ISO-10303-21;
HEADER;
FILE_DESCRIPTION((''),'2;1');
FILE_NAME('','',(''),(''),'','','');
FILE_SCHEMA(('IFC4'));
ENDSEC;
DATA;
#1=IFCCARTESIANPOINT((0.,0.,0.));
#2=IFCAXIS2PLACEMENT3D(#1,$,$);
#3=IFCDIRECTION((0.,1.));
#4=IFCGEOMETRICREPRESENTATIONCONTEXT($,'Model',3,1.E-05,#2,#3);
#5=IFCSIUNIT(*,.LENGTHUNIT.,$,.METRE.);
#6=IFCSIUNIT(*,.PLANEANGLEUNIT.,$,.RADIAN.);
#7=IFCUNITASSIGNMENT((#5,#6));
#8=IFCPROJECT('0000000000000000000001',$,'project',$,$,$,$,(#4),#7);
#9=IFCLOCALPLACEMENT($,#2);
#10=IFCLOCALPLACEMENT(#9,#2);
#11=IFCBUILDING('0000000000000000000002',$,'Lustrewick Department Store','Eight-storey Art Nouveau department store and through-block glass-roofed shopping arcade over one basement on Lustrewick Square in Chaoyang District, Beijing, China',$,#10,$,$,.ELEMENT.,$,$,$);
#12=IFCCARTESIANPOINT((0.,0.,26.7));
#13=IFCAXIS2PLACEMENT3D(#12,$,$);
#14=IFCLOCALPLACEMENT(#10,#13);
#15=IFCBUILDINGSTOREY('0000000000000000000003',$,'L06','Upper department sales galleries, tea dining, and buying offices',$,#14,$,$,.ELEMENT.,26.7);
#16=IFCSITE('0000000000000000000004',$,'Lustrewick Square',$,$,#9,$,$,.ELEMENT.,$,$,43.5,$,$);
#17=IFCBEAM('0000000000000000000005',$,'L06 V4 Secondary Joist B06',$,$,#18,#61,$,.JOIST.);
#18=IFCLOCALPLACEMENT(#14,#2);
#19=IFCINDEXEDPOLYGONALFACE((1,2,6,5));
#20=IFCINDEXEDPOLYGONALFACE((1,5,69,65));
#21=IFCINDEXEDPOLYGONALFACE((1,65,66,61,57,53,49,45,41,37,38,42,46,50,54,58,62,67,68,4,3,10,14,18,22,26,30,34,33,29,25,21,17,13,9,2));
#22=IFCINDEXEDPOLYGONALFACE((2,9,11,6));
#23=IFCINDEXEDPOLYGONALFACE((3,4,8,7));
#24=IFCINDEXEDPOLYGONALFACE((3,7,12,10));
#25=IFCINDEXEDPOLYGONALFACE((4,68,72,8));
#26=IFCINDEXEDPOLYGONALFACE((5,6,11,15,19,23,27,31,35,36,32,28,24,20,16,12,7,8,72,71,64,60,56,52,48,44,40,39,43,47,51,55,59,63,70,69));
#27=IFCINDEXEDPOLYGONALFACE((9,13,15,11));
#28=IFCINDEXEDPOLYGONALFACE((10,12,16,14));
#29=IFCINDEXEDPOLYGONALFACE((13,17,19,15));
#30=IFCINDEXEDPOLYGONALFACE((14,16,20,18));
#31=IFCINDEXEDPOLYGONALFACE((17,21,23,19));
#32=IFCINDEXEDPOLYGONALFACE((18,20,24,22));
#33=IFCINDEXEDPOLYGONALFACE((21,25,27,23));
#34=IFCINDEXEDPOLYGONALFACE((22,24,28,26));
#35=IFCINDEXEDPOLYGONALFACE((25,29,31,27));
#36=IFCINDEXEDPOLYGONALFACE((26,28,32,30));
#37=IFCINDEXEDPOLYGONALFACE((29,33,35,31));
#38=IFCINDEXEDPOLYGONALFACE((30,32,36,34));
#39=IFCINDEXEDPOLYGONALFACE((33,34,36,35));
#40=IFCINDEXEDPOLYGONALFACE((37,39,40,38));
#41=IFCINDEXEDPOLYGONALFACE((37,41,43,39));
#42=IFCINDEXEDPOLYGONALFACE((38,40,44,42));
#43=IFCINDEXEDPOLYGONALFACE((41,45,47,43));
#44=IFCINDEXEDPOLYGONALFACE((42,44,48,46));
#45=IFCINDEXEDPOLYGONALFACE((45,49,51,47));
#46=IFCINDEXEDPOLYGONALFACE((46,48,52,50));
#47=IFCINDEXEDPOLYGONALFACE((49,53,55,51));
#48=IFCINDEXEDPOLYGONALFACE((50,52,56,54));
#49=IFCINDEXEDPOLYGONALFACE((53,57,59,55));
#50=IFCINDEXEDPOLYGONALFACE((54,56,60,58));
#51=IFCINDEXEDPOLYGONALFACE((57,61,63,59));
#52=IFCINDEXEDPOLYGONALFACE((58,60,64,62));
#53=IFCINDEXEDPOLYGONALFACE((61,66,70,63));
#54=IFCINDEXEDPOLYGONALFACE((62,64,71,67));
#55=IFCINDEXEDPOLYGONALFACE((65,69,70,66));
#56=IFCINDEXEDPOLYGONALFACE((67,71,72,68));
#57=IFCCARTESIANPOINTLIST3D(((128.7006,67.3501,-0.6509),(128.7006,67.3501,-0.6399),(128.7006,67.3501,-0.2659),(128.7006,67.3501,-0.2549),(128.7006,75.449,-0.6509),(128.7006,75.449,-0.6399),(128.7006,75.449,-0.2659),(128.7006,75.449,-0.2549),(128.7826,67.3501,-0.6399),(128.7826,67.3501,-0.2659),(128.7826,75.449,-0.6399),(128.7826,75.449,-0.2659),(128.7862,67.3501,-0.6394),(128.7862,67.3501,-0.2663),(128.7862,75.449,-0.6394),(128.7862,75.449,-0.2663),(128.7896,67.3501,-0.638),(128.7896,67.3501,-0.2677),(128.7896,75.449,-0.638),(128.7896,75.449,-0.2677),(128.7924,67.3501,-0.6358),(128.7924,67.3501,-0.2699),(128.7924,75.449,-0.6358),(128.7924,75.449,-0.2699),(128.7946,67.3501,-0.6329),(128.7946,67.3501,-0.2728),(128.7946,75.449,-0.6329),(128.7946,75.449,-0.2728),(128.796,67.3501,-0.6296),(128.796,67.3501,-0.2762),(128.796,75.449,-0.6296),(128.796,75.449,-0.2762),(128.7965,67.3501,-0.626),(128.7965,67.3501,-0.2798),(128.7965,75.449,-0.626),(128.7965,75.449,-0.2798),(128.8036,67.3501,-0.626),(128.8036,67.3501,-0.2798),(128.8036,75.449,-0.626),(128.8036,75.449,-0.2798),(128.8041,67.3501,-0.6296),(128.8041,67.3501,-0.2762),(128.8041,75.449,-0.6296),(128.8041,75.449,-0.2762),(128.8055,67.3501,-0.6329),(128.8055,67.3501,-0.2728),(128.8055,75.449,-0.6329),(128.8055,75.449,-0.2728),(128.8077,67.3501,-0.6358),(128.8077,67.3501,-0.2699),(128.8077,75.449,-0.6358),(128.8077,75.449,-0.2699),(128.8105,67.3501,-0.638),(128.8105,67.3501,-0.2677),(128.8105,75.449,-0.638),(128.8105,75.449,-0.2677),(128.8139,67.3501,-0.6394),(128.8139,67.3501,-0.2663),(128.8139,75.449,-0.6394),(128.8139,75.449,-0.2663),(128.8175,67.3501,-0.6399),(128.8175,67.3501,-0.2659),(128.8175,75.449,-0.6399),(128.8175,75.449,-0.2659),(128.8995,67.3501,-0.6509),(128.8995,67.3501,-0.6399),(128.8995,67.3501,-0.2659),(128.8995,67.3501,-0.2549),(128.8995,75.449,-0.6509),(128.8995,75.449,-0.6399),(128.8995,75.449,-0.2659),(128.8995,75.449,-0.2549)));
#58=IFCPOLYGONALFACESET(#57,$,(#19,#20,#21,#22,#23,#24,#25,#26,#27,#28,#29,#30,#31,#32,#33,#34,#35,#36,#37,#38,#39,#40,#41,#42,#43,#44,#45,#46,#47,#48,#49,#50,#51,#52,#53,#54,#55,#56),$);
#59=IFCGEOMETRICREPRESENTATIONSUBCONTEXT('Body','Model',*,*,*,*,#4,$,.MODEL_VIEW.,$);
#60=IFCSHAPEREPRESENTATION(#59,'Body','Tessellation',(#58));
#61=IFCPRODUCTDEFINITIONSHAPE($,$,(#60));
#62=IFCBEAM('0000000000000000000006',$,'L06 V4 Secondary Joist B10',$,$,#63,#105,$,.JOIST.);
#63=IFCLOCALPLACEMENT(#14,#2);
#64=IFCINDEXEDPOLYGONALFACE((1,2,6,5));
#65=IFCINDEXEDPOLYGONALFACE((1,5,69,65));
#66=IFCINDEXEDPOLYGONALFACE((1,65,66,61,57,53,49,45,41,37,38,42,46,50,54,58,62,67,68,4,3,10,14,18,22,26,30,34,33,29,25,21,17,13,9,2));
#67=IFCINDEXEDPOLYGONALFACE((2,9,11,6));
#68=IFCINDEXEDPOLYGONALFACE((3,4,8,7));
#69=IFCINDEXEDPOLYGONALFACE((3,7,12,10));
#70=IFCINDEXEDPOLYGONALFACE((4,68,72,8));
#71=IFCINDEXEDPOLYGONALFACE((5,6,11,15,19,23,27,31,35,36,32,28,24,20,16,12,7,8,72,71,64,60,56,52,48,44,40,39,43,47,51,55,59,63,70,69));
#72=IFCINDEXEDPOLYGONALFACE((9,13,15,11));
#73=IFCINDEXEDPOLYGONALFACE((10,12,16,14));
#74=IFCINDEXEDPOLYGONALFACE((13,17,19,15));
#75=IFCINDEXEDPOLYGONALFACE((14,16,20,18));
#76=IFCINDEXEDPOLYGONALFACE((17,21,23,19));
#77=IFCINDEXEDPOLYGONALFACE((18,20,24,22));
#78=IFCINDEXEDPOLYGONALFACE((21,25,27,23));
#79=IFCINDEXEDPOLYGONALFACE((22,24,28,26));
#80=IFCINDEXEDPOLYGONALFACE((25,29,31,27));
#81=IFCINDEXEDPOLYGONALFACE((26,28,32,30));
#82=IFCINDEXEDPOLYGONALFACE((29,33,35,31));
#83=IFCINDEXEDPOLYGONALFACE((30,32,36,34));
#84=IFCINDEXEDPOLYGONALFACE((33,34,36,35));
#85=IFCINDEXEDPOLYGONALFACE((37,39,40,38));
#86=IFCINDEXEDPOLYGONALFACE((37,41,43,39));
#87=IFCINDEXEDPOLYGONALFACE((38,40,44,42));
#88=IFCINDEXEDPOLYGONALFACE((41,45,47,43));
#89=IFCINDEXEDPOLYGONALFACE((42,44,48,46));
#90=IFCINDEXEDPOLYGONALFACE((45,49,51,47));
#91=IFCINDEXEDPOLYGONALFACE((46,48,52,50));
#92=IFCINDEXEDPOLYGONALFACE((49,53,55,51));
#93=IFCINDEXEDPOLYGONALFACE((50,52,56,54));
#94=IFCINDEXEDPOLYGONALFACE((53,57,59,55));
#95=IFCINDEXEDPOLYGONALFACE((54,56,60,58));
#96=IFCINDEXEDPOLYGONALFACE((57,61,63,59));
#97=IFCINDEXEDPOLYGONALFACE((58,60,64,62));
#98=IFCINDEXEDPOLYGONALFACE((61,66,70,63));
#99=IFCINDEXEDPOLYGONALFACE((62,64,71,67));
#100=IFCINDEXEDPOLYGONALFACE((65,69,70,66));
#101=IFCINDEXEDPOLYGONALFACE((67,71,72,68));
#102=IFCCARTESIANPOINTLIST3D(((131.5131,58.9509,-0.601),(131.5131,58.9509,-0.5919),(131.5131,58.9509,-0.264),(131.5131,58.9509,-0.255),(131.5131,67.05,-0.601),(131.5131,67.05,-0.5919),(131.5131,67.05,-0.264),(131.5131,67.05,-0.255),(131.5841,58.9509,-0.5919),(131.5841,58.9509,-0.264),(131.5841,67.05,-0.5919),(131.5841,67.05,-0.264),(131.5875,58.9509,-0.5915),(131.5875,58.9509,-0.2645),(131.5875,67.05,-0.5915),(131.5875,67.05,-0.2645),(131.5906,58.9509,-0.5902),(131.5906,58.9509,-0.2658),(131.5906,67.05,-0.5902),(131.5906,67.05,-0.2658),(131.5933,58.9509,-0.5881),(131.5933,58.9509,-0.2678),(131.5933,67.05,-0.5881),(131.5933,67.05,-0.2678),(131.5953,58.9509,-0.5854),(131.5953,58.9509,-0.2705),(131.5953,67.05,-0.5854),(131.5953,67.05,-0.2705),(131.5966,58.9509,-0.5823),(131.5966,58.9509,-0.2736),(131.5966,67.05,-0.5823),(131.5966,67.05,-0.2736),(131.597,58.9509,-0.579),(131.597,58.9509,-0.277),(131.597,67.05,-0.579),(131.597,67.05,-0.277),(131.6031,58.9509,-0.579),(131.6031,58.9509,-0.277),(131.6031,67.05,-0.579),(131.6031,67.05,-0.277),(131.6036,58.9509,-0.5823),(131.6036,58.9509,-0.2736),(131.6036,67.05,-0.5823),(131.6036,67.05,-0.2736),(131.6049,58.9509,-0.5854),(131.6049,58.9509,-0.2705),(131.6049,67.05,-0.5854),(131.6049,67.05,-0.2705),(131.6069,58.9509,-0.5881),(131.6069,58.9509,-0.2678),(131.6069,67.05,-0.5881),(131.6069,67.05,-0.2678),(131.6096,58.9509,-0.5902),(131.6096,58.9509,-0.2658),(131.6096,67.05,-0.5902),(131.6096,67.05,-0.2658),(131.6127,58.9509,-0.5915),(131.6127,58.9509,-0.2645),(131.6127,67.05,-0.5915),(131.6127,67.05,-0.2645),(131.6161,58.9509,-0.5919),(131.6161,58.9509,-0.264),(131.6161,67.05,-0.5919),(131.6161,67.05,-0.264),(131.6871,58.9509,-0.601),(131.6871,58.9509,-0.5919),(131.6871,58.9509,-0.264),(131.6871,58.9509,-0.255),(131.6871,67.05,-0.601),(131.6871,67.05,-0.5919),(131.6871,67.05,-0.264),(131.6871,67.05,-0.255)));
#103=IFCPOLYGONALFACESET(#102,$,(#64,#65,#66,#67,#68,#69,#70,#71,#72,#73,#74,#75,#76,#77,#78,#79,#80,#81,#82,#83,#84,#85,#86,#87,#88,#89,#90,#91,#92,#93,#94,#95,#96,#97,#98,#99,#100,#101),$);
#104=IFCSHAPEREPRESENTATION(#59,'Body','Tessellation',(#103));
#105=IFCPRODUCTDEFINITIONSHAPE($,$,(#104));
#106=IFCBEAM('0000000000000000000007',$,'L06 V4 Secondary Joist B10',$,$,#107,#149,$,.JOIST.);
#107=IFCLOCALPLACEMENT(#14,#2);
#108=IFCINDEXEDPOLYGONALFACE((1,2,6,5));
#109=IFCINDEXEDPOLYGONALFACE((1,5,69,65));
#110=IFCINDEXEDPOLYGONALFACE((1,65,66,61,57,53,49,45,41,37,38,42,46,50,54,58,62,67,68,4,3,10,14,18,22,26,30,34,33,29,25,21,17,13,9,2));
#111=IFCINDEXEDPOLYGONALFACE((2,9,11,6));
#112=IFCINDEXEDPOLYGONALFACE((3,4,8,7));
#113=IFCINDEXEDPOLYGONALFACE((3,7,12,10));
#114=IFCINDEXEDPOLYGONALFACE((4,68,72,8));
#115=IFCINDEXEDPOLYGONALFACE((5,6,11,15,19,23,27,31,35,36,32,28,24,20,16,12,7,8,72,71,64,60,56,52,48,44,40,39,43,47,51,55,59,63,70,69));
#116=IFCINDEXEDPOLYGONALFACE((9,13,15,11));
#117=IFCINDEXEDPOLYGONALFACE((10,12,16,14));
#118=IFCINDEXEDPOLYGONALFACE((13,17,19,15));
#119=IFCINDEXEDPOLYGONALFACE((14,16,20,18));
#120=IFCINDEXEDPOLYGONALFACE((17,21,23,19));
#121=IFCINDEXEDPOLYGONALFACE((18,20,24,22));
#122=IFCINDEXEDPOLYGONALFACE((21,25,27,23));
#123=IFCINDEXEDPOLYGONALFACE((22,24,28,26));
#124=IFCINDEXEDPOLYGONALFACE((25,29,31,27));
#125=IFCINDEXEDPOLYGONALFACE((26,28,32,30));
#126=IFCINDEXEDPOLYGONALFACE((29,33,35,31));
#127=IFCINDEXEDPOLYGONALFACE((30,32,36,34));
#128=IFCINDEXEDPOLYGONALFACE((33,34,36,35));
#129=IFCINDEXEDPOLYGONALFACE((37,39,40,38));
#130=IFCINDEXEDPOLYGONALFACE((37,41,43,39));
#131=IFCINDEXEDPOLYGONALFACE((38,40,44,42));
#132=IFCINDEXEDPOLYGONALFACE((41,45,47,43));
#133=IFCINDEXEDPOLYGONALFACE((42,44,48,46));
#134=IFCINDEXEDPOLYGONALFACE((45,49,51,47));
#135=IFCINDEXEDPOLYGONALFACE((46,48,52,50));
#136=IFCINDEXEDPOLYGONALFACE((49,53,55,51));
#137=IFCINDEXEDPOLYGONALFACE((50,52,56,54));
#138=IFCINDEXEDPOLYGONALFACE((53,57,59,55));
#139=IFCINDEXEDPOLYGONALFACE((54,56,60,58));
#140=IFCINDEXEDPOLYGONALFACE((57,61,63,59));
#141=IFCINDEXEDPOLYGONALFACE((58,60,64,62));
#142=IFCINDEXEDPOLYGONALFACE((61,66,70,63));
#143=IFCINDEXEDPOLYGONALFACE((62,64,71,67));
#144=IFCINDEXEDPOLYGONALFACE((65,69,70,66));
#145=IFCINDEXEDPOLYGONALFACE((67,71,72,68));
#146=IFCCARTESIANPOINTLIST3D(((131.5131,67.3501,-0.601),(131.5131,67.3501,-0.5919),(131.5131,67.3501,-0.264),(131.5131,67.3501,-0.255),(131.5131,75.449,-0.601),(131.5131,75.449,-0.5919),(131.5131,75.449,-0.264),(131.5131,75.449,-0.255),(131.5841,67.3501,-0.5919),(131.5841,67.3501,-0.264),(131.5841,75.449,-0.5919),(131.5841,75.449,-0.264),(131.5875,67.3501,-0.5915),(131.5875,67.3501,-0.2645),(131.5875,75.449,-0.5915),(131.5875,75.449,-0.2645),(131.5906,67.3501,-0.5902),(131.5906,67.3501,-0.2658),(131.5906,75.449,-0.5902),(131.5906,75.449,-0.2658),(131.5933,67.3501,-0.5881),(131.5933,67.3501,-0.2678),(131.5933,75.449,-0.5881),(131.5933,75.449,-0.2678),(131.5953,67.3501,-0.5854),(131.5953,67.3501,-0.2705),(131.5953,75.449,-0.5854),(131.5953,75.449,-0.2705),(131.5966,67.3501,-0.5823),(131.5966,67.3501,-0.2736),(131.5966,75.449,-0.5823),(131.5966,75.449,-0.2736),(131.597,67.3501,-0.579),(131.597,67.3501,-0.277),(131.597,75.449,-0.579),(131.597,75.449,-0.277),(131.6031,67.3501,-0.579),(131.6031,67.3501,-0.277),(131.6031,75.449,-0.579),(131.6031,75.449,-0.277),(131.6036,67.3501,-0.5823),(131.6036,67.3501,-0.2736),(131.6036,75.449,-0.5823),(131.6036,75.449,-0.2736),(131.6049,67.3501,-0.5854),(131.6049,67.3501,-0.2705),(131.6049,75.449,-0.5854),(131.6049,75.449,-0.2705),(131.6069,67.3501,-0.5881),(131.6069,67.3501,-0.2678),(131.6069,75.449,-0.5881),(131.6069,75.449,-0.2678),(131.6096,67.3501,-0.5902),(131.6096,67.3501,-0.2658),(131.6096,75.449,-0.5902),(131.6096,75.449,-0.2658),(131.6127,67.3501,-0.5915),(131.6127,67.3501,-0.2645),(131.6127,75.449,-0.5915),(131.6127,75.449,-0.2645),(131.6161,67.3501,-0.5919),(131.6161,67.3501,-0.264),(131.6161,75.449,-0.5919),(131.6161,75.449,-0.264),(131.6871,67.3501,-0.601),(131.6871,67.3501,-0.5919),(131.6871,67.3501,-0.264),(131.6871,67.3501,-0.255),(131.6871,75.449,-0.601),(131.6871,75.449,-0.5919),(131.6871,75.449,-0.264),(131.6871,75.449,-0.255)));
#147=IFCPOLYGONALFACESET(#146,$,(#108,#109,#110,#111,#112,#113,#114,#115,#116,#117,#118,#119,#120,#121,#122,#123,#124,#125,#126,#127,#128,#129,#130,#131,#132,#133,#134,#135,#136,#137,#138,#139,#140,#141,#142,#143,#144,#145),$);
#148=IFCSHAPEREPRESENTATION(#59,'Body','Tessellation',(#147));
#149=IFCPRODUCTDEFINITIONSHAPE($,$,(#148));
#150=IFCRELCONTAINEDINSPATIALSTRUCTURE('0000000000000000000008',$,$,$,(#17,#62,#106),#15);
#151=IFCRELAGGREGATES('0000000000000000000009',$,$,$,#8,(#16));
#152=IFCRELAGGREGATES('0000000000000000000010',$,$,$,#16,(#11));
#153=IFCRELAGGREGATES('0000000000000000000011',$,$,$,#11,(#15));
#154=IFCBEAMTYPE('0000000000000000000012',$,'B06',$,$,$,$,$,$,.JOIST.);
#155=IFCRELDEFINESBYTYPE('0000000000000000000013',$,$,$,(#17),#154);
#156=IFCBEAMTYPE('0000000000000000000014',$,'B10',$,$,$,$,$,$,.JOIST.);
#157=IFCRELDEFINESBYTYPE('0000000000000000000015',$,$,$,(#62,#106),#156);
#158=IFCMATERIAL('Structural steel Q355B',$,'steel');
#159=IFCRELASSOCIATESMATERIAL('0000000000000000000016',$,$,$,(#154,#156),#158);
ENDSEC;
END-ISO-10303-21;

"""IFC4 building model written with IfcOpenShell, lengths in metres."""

from ifc_helpers import new_model, si_unit, direction, frame, origin, origin_2d, place, context, subcontext, project, spatial, i_section, extrude, material, material_profile, profile_set, type_object, element, save


model = new_model("IFC4")

# Units and contexts
model_context = context("Model", 3, precision=1e-05, world=origin(), true_north=direction((0.0, 1.0)))
body_context = subcontext(model_context, "Body", "Model", "MODEL_VIEW")
ifc_project = project(units=[si_unit("LENGTHUNIT", "METRE"), si_unit("PLANEANGLEUNIT", "RADIAN")], contexts=[model_context])

# Site, building, storey
site_placement = place(None, origin())
site = spatial("IfcSite", under=ifc_project, at=site_placement, Name="Lustrewick Square", CompositionType="ELEMENT", RefElevation=43.5)
building_placement = place(site_placement, origin())
building = spatial("IfcBuilding", under=site, at=building_placement, Name="Lustrewick Department Store", Description="Eight-storey Art Nouveau department store and through-block glass-roofed shopping arcade over one basement on Lustrewick Square in Chaoyang District, Beijing, China", CompositionType="ELEMENT")
storey_placement = place(building_placement, frame((0.0, 0.0, 26.7)))
storey = spatial("IfcBuildingStorey", under=building, at=storey_placement, Name="L06", Description="Upper department sales galleries, tea dining, and buying offices", CompositionType="ELEMENT", Elevation=26.7)

# Shared definitions
ifc_material_1 = material(Name="Structural steel Q355B", Category="steel")

# Beams
ifc_material_profile_1 = material_profile(ifc_material_1, i_section(OverallWidth=0.199, OverallDepth=0.396, WebThickness=0.0071, FlangeThickness=0.011, FilletRadius=0.0139, at=origin_2d()), Name="HN 396x199x7x11")
ifc_profile_set_1 = profile_set([ifc_material_profile_1], Name="Structural steel Q355B")
beam_type_1 = type_object("IfcBeamType", Name="B06", PredefinedType="JOIST", material=ifc_profile_set_1)
beam_1_placement = place(storey_placement, frame((128.8, 67.3501, -0.4529), z_axis=(0.0, 1.0, 0.0), x_axis=(-1.0, 0.0, 0.0)))
element("IfcBeam", 1, at=beam_1_placement, inside=storey, type_object=beam_type_1, Name="L06 V4 Secondary Joist B06", PredefinedType="JOIST", context=body_context, shape_type="SweptSolid", body=[
    extrude(i_section(OverallWidth=0.199, OverallDepth=0.396, WebThickness=0.0071, FlangeThickness=0.011, FilletRadius=0.0139, at=origin_2d()), origin(), (0.0, 0.0, 1.0), 8.0989),
])
ifc_material_profile_2 = material_profile(ifc_material_1, i_section(OverallWidth=0.1741, OverallDepth=0.3459, WebThickness=0.0061, FlangeThickness=0.009, FilletRadius=0.0129, at=origin_2d()), Name="HN 346x174x6x9")
ifc_profile_set_2 = profile_set([ifc_material_profile_2], Name="Structural steel Q355B")
beam_type_2 = type_object("IfcBeamType", Name="B10", PredefinedType="JOIST", material=ifc_profile_set_2)
beam_2_placement = place(storey_placement, frame((131.6001, 58.9509, -0.428), z_axis=(0.0, 1.0, 0.0), x_axis=(-1.0, 0.0, 0.0)))
element("IfcBeam", 2, at=beam_2_placement, inside=storey, type_object=beam_type_2, Name="L06 V4 Secondary Joist B10", PredefinedType="JOIST", context=body_context, shape_type="SweptSolid", body=[
    extrude(i_section(OverallWidth=0.1741, OverallDepth=0.3459, WebThickness=0.0061, FlangeThickness=0.009, FilletRadius=0.0129, at=origin_2d()), origin(), (0.0, 0.0, 1.0), 8.0991),
])
beam_3_placement = place(storey_placement, frame((131.6001, 67.3501, -0.428), z_axis=(0.0, 1.0, 0.0), x_axis=(-1.0, 0.0, 0.0)))
element("IfcBeam", 3, at=beam_3_placement, inside=storey, type_object=beam_type_2, Name="L06 V4 Secondary Joist B10", PredefinedType="JOIST", context=body_context, shape_type="SweptSolid", body=[
    extrude(i_section(OverallWidth=0.1741, OverallDepth=0.3459, WebThickness=0.0061, FlangeThickness=0.009, FilletRadius=0.0129, at=origin_2d()), origin(), (0.0, 0.0, 1.0), 8.0989),
])

save(model, "model.ifc")
